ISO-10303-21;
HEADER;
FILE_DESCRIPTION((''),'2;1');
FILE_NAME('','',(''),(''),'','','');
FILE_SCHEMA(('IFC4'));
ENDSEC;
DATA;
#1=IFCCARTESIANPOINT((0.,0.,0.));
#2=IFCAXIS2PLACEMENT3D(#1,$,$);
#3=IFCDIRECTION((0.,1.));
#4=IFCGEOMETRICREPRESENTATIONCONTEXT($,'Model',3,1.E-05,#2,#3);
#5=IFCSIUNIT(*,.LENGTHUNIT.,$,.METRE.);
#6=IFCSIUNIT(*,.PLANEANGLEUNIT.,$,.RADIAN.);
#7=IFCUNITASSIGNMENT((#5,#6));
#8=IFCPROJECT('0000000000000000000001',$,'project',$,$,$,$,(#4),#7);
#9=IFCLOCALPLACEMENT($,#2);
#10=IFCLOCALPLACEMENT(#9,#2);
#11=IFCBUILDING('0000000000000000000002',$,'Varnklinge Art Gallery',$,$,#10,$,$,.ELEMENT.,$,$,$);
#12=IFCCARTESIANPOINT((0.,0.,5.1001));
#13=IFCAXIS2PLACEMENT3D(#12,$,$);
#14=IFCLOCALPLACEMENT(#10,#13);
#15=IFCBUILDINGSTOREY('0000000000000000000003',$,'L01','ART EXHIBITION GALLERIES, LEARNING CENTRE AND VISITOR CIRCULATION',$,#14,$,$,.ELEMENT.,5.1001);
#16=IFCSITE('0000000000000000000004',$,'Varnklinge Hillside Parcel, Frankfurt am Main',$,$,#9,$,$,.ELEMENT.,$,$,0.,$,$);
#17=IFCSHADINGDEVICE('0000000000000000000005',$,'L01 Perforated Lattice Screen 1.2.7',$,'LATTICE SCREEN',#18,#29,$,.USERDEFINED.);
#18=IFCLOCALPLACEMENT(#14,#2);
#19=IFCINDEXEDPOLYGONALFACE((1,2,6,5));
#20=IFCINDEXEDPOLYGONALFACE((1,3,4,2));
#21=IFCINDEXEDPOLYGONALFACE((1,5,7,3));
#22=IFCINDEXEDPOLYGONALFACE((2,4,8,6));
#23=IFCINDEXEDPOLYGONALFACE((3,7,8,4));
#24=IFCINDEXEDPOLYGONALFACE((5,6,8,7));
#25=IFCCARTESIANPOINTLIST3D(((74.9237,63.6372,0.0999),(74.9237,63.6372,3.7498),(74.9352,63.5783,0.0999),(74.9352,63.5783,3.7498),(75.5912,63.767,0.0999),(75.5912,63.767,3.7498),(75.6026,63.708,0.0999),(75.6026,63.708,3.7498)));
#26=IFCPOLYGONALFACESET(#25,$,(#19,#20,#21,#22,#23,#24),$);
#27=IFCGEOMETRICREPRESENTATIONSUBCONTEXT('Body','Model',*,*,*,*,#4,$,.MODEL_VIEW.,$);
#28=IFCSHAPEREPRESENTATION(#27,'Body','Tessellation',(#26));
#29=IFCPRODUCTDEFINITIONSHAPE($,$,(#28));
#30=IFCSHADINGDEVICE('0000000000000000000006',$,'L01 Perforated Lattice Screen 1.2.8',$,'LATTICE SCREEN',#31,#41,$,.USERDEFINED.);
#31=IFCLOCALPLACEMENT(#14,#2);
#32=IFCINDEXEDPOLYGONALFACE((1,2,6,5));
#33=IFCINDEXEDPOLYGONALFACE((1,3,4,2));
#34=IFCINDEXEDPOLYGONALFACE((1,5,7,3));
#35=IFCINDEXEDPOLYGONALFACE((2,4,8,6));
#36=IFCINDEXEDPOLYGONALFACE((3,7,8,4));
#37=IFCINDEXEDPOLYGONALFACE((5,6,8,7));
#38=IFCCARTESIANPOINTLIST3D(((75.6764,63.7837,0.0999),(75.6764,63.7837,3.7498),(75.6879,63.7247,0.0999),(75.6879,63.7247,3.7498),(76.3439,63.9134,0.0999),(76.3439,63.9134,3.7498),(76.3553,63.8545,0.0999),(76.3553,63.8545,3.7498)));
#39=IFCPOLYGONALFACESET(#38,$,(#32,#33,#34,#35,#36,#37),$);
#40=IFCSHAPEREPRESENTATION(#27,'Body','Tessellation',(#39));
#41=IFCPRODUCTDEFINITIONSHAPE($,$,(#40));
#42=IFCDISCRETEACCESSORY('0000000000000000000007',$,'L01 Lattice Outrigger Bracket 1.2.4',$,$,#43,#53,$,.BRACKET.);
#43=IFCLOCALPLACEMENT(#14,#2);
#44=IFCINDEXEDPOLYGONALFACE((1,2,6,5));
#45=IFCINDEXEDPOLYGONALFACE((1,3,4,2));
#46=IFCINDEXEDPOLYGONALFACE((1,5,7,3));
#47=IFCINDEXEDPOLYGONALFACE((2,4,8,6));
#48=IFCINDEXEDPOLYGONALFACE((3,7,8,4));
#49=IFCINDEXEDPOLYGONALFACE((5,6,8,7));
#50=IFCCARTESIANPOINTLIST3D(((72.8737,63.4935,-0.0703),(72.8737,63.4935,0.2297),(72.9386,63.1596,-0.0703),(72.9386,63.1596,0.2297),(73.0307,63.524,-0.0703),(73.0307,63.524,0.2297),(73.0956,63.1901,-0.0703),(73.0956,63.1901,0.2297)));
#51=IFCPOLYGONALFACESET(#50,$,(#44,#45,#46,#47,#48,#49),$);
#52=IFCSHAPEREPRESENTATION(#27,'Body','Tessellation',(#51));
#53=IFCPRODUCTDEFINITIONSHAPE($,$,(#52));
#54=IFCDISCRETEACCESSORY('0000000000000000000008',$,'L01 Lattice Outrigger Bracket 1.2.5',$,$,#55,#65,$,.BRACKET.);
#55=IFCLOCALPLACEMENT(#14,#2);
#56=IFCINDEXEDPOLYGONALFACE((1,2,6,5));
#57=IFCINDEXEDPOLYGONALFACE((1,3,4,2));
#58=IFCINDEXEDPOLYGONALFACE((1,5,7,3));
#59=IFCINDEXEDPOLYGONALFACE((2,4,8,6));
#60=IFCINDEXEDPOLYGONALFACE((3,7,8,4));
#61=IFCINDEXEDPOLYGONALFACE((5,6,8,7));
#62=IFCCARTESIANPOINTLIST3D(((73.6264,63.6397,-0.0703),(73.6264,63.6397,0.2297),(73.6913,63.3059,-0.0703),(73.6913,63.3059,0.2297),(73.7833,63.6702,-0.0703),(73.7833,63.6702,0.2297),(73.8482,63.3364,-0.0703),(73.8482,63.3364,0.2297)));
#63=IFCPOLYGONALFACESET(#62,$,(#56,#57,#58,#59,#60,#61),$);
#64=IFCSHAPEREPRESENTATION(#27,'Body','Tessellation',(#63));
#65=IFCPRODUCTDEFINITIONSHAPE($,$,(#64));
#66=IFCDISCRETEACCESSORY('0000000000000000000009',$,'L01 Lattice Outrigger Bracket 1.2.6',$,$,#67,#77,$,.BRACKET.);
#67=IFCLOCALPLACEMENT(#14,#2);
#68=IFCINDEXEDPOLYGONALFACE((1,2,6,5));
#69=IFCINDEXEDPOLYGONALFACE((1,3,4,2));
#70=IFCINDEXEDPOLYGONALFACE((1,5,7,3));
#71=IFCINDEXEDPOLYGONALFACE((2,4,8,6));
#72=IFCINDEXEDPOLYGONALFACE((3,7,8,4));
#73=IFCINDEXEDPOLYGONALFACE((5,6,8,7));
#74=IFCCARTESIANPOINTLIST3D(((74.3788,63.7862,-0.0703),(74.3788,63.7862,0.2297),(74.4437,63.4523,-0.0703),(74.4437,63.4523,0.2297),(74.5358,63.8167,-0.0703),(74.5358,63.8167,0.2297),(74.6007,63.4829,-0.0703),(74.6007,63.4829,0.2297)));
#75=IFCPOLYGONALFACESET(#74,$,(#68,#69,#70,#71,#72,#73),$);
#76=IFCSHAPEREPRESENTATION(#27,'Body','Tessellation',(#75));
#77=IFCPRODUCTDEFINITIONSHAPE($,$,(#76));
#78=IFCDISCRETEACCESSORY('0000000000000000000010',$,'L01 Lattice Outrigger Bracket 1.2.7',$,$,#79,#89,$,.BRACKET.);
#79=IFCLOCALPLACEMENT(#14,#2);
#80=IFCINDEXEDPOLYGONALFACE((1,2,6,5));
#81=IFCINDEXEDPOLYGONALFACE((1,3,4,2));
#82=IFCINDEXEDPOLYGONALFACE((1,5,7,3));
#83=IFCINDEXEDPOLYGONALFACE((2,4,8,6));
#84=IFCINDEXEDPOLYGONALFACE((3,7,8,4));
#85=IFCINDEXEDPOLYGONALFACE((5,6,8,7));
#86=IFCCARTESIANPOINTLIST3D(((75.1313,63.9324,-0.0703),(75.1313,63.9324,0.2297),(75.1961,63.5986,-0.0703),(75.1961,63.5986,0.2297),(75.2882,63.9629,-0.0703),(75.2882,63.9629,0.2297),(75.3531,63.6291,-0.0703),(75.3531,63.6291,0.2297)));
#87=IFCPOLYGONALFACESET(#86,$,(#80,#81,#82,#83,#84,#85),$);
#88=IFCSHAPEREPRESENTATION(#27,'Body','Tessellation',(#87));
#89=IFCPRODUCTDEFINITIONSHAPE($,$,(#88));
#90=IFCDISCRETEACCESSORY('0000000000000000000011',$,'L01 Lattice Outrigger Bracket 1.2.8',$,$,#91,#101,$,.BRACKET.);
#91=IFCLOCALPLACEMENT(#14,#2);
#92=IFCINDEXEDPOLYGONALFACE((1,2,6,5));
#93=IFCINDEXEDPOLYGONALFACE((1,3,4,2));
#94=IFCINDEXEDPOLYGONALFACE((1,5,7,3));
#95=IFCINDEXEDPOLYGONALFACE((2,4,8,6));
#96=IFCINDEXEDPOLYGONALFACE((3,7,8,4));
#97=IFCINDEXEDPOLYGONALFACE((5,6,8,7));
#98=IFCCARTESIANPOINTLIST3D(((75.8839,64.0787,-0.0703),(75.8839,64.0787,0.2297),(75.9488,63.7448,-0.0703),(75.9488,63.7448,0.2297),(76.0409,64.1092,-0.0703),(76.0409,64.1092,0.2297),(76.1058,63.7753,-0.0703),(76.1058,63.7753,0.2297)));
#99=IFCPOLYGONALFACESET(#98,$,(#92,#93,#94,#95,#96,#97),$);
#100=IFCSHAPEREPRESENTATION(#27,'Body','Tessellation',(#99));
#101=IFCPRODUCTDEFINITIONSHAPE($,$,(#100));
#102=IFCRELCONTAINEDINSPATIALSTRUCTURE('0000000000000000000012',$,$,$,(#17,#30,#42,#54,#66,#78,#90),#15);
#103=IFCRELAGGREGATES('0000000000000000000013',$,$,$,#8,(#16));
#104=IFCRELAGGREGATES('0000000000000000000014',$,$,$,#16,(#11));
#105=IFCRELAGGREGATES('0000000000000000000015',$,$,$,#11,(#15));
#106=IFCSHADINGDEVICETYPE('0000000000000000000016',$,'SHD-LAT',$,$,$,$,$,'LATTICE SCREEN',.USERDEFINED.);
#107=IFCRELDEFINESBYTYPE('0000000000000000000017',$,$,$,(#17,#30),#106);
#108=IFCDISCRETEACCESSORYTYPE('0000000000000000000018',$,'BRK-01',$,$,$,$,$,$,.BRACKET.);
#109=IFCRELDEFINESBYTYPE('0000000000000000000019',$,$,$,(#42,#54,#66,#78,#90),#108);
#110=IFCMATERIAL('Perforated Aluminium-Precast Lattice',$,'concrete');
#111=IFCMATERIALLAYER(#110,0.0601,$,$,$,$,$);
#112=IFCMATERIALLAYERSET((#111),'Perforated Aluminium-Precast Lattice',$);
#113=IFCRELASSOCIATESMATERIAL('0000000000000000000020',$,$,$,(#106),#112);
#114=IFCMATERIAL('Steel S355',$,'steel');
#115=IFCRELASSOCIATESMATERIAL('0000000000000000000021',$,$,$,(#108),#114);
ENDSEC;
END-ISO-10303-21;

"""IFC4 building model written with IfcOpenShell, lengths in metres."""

from ifc_helpers import new_model, si_unit, direction, frame, origin, origin_2d, place, context, subcontext, project, spatial, rectangle, extrude, material, layer, layer_set, type_object, element, save


model = new_model("IFC4")

# Units and contexts
model_context = context("Model", 3, precision=1e-05, world=origin(), true_north=direction((0.0, 1.0)))
body_context = subcontext(model_context, "Body", "Model", "MODEL_VIEW")
ifc_project = project(units=[si_unit("LENGTHUNIT", "METRE"), si_unit("PLANEANGLEUNIT", "RADIAN")], contexts=[model_context])

# Site, building, storey
site_placement = place(None, origin())
site = spatial("IfcSite", under=ifc_project, at=site_placement, Name="Varnklinge Hillside Parcel, Frankfurt am Main", CompositionType="ELEMENT", RefElevation=0.0)
building_placement = place(site_placement, origin())
building = spatial("IfcBuilding", under=site, at=building_placement, Name="Varnklinge Art Gallery", CompositionType="ELEMENT")
storey_placement = place(building_placement, frame((0.0, 0.0, 5.1001)))
storey = spatial("IfcBuildingStorey", under=building, at=storey_placement, Name="L01", Description="ART EXHIBITION GALLERIES, LEARNING CENTRE AND VISITOR CIRCULATION", CompositionType="ELEMENT", Elevation=5.1001)

# Shading devices
ifc_material_1 = material(Name="Perforated Aluminium-Precast Lattice", Category="concrete")
ifc_layer_1 = layer(ifc_material_1, 0.0601)
ifc_layer_set_1 = layer_set([ifc_layer_1], Name="Perforated Aluminium-Precast Lattice")
shading_device_type = type_object("IfcShadingDeviceType", Name="SHD-LAT", ElementType="LATTICE SCREEN", PredefinedType="USERDEFINED", material=ifc_layer_set_1)
for number, where, z_axis, x_axis, name in (
    (1, (75.2632, 63.6726, 0.0999), (0.0, 0.0, 1.0), (0.981627, 0.190809, 0.0), "L01 Perforated Lattice Screen 1.2.7"),
    (2, (76.0159, 63.8191, 0.0999), (0.0, 0.0, 1.0), (0.981627, 0.190809, 0.0), "L01 Perforated Lattice Screen 1.2.8"),
):
    element("IfcShadingDevice", number, at=place(storey_placement, frame(where, z_axis=z_axis, x_axis=x_axis)), inside=storey, type_object=shading_device_type, Name=name, ObjectType="LATTICE SCREEN", PredefinedType="USERDEFINED", context=body_context, shape_type="SweptSolid", body=[
        extrude(rectangle(XDim=0.6799, YDim=0.0601, at=origin_2d()), origin(), (0.0, 0.0, 1.0), 3.6499),
    ])

# Discrete accessories
ifc_material_2 = material(Name="Steel S355", Category="steel")
discrete_accessory_type = type_object("IfcDiscreteAccessoryType", Name="BRK-01", PredefinedType="BRACKET", material=ifc_material_2)
for number, where, z_axis, x_axis, name in (
    (3, (72.9846, 63.3418, -0.0703), (0.0, 0.0, 1.0), (0.981627, 0.190809, 0.0), "L01 Lattice Outrigger Bracket 1.2.4"),
    (4, (73.7373, 63.488, -0.0703), (0.0, 0.0, 1.0), (0.981627, 0.190809, 0.0), "L01 Lattice Outrigger Bracket 1.2.5"),
    (5, (74.4897, 63.6345, -0.0703), (0.0, 0.0, 1.0), (0.981627, 0.190809, 0.0), "L01 Lattice Outrigger Bracket 1.2.6"),
    (6, (75.2422, 63.7808, -0.0703), (0.0, 0.0, 1.0), (0.981627, 0.190809, 0.0), "L01 Lattice Outrigger Bracket 1.2.7"),
    (7, (75.9949, 63.927, -0.0703), (0.0, 0.0, 1.0), (0.981627, 0.190809, 0.0), "L01 Lattice Outrigger Bracket 1.2.8"),
):
    element("IfcDiscreteAccessory", number, at=place(storey_placement, frame(where, z_axis=z_axis, x_axis=x_axis)), inside=storey, type_object=discrete_accessory_type, Name=name, PredefinedType="BRACKET", context=body_context, shape_type="SweptSolid", body=[
        extrude(rectangle(XDim=0.1599, YDim=0.3401, at=origin_2d()), origin(), (0.0, 0.0, 1.0), 0.3),
    ])

save(model, "model.ifc")
